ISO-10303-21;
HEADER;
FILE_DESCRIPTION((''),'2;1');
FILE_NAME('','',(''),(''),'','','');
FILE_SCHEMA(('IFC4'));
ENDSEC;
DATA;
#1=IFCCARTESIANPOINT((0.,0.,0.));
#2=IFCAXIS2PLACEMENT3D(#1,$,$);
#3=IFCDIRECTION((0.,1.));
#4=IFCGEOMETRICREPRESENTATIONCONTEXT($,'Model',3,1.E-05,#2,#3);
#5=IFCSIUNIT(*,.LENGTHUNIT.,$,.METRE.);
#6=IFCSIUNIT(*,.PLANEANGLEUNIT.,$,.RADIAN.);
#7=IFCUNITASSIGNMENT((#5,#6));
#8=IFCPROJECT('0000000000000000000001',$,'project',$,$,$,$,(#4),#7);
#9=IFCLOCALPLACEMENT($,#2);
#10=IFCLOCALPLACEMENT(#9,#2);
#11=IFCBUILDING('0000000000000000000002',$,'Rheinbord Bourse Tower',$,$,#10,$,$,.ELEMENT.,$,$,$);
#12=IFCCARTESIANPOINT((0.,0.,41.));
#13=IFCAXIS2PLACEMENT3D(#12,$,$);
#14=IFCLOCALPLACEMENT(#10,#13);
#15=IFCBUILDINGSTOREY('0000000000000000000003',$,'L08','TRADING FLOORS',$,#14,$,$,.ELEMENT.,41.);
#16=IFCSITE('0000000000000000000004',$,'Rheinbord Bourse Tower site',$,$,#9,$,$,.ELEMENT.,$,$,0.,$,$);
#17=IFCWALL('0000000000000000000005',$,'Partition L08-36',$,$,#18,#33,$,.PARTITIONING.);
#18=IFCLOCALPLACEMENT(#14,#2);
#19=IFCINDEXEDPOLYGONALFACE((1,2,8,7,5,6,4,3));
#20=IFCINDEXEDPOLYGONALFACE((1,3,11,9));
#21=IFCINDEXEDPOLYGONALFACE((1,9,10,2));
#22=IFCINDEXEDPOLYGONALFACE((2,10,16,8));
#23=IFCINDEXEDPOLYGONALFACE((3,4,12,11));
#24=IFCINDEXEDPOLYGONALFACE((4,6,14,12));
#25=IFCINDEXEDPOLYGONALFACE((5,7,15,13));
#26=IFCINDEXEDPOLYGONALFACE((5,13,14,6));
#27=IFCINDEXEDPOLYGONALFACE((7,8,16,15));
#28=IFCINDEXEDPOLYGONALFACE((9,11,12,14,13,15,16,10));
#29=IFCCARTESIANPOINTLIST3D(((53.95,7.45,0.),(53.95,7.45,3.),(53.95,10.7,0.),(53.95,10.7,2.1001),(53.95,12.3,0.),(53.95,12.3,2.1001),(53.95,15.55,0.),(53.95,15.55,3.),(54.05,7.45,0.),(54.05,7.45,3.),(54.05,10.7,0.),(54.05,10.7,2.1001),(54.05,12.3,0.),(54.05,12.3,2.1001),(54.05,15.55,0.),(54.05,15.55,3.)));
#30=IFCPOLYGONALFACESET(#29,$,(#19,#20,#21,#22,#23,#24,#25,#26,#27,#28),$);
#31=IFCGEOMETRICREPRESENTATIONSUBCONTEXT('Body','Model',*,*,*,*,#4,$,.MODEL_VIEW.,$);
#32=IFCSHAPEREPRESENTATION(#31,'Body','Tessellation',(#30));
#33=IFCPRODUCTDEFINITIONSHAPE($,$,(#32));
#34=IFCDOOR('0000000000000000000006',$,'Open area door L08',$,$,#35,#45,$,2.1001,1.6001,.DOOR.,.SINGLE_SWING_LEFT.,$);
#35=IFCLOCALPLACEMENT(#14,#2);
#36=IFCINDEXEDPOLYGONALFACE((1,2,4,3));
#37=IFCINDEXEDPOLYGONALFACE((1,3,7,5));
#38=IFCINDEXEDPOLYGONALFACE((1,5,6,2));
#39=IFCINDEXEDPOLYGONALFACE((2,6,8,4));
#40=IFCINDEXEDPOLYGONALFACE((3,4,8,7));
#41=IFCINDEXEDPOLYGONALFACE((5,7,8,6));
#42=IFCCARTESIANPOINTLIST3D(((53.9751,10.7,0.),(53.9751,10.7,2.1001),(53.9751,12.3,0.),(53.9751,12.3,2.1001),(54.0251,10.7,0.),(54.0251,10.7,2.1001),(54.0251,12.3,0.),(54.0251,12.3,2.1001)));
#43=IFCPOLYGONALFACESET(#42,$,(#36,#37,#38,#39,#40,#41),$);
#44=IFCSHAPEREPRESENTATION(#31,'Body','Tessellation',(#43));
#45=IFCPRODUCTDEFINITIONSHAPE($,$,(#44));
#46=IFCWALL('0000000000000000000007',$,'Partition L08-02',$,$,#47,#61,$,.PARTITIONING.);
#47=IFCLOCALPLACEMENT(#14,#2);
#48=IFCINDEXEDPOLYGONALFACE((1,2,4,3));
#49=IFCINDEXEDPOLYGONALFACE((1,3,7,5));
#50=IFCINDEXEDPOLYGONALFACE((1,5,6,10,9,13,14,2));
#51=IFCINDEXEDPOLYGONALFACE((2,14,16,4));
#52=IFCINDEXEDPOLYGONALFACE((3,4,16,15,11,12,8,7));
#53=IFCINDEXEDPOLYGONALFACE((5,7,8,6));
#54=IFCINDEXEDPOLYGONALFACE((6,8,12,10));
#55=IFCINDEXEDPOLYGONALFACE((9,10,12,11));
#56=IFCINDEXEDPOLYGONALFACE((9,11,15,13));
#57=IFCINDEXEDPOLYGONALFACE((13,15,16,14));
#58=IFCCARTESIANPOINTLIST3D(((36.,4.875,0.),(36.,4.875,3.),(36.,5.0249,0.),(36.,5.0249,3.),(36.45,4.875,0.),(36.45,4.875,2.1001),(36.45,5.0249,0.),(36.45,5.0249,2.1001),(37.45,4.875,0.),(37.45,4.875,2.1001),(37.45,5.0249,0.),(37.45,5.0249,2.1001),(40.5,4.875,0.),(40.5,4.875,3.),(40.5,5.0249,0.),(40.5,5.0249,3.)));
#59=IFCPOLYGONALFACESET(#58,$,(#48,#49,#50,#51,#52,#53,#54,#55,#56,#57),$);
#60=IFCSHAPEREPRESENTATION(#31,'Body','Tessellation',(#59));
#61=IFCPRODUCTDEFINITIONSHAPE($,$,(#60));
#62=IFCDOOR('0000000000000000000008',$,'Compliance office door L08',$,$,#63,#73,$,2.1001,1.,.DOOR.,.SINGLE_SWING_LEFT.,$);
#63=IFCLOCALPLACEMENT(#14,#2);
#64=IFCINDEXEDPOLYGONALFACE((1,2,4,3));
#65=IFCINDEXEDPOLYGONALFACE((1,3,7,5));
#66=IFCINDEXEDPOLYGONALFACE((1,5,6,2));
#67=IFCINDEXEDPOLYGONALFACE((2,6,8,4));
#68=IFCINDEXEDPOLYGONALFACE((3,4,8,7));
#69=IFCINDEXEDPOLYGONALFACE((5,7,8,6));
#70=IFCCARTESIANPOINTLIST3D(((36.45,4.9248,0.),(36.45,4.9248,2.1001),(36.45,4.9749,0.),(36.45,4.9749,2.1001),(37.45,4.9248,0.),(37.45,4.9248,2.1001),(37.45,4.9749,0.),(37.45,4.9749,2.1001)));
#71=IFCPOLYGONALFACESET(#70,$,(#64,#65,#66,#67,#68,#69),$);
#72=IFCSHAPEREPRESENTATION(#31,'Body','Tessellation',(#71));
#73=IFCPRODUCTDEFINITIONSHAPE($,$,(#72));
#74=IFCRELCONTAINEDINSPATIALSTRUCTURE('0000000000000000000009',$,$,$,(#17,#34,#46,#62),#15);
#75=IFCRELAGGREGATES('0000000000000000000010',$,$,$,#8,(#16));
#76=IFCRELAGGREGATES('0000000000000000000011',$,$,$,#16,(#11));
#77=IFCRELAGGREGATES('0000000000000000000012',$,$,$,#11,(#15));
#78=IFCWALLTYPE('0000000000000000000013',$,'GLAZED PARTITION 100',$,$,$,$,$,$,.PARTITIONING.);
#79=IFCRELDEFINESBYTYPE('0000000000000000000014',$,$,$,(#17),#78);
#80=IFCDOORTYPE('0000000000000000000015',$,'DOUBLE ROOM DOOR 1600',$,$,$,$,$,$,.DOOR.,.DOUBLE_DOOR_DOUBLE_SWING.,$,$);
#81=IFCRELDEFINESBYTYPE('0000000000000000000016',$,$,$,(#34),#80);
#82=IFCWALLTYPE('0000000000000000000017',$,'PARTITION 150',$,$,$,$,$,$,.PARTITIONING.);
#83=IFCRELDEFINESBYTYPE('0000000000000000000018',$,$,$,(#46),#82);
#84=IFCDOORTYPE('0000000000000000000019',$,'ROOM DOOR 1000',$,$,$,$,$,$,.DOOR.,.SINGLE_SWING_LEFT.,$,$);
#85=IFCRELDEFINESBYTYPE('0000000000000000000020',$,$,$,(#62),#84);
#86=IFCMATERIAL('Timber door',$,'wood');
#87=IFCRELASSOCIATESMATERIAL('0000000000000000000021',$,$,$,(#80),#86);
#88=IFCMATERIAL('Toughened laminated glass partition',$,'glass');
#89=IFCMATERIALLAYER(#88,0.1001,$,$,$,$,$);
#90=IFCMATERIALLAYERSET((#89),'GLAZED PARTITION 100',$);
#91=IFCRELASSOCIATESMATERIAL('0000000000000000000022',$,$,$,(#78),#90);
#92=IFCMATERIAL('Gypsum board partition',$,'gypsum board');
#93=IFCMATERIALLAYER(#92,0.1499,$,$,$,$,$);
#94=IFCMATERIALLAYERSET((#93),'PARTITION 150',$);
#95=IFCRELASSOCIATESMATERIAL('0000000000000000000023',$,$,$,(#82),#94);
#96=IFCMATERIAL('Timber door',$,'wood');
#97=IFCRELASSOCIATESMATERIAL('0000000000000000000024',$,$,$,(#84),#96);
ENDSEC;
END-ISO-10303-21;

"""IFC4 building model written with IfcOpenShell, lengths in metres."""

from ifc_helpers import new_model, si_unit, direction, frame, frame_2d, origin, place, context, subcontext, project, spatial, rectangle, extrude, material, layer, layer_set, type_object, element, fill, save


model = new_model("IFC4")

# Units and contexts
model_context = context("Model", 3, precision=1e-05, world=origin(), true_north=direction((0.0, 1.0)))
body_context = subcontext(model_context, "Body", "Model", "MODEL_VIEW")
ifc_project = project(units=[si_unit("LENGTHUNIT", "METRE"), si_unit("PLANEANGLEUNIT", "RADIAN")], contexts=[model_context])

# Site, building, storey
site_placement = place(None, origin())
site = spatial("IfcSite", under=ifc_project, at=site_placement, Name="Rheinbord Bourse Tower site", CompositionType="ELEMENT", RefElevation=0.0)
building_placement = place(site_placement, origin())
building = spatial("IfcBuilding", under=site, at=building_placement, Name="Rheinbord Bourse Tower", CompositionType="ELEMENT")
storey_placement = place(building_placement, frame((0.0, 0.0, 41.0)))
storey = spatial("IfcBuildingStorey", under=building, at=storey_placement, Name="L08", Description="TRADING FLOORS", CompositionType="ELEMENT", Elevation=41.0)

# Shared definitions
ifc_material_1 = material(Name="Timber door", Category="wood")
door_type_1 = type_object("IfcDoorType", Name="DOUBLE ROOM DOOR 1600", OperationType="DOUBLE_DOOR_DOUBLE_SWING", PredefinedType="DOOR", material=ifc_material_1)

# Shared definitions
ifc_material_2 = material(Name="Toughened laminated glass partition", Category="glass")
ifc_layer_1 = layer(ifc_material_2, 0.1001)
ifc_layer_set_1 = layer_set([ifc_layer_1], Name="GLAZED PARTITION 100")
wall_type_1 = type_object("IfcWallType", Name="GLAZED PARTITION 100", PredefinedType="PARTITIONING", material=ifc_layer_set_1)

# Walls, openings, doors
wall_1_placement = place(storey_placement, frame((54.0, 7.45, 0.0), z_axis=(0.0, 0.0, 1.0), x_axis=(0.0, 1.0, 0.0)))
wall_1 = element("IfcWall", 1, at=wall_1_placement, inside=storey, type_object=wall_type_1, Name="Partition L08-36", PredefinedType="PARTITIONING", context=body_context, shape_type="SweptSolid", body=[
    extrude(rectangle(XDim=8.1001, YDim=0.1001, at=frame_2d((4.05, 0.0))), origin(), (0.0, 0.0, 1.0), 3.0),
])
opening_1_placement = place(wall_1_placement, frame((3.25, 0.0, 0.0)))
opening_1 = element("IfcOpeningElement", 2, at=opening_1_placement, cuts=wall_1, PredefinedType="OPENING", context=body_context, shape_type="SweptSolid", body=[
    extrude(rectangle(XDim=1.6001, YDim=2.1001, at=frame_2d((0.8, 1.05))), frame((0.0, 0.0601, 0.0), z_axis=(0.0, -1.0, 0.0), x_axis=(1.0, 0.0, 0.0)), (0.0, 0.0, 1.0), 0.1201),
])
door_1_placement = place(opening_1_placement, origin())
door_1 = element("IfcDoor", 3, at=door_1_placement, inside=storey, type_object=door_type_1, Name="Open area door L08", OperationType="SINGLE_SWING_LEFT", OverallHeight=2.1001, OverallWidth=1.6001, PredefinedType="DOOR", context=body_context, shape_type="SweptSolid", body=[
    extrude(rectangle(XDim=1.6001, YDim=2.1001, at=frame_2d((0.8, 1.05))), frame((0.0, 0.0249, 0.0), z_axis=(0.0, -1.0, 0.0), x_axis=(1.0, 0.0, 0.0)), (0.0, 0.0, 1.0), 0.05),
])
fill(opening_1, door_1)
ifc_material_3 = material(Name="Gypsum board partition", Category="gypsum board")
ifc_layer_2 = layer(ifc_material_3, 0.1499)
ifc_layer_set_2 = layer_set([ifc_layer_2], Name="PARTITION 150")
wall_type_2 = type_object("IfcWallType", Name="PARTITION 150", PredefinedType="PARTITIONING", material=ifc_layer_set_2)
wall_2_placement = place(storey_placement, frame((36.0, 4.95, 0.0), z_axis=(0.0, 0.0, 1.0), x_axis=(1.0, 0.0, 0.0)))
wall_2 = element("IfcWall", 4, at=wall_2_placement, inside=storey, type_object=wall_type_2, Name="Partition L08-02", PredefinedType="PARTITIONING", context=body_context, shape_type="SweptSolid", body=[
    extrude(rectangle(XDim=4.5, YDim=0.1499, at=frame_2d((2.25, 0.0))), origin(), (0.0, 0.0, 1.0), 3.0),
])
opening_2_placement = place(wall_2_placement, frame((0.45, 0.0, 0.0)))
opening_2 = element("IfcOpeningElement", 5, at=opening_2_placement, cuts=wall_2, PredefinedType="OPENING", context=body_context, shape_type="SweptSolid", body=[
    extrude(rectangle(XDim=1.0, YDim=2.1001, at=frame_2d((0.5, 1.05))), frame((0.0, 0.085, 0.0), z_axis=(0.0, -1.0, 0.0), x_axis=(1.0, 0.0, 0.0)), (0.0, 0.0, 1.0), 0.1699),
])
ifc_material_4 = material(Name="Timber door", Category="wood")
door_type_2 = type_object("IfcDoorType", Name="ROOM DOOR 1000", OperationType="SINGLE_SWING_LEFT", PredefinedType="DOOR", material=ifc_material_4)
door_2_placement = place(opening_2_placement, origin())
door_2 = element("IfcDoor", 6, at=door_2_placement, inside=storey, type_object=door_type_2, Name="Compliance office door L08", OperationType="SINGLE_SWING_LEFT", OverallHeight=2.1001, OverallWidth=1.0, PredefinedType="DOOR", context=body_context, shape_type="SweptSolid", body=[
    extrude(rectangle(XDim=1.0, YDim=2.1001, at=frame_2d((0.5, 1.05))), frame((0.0, 0.0249, 0.0), z_axis=(0.0, -1.0, 0.0), x_axis=(1.0, 0.0, 0.0)), (0.0, 0.0, 1.0), 0.05),
])
fill(opening_2, door_2)

save(model, "model.ifc")
